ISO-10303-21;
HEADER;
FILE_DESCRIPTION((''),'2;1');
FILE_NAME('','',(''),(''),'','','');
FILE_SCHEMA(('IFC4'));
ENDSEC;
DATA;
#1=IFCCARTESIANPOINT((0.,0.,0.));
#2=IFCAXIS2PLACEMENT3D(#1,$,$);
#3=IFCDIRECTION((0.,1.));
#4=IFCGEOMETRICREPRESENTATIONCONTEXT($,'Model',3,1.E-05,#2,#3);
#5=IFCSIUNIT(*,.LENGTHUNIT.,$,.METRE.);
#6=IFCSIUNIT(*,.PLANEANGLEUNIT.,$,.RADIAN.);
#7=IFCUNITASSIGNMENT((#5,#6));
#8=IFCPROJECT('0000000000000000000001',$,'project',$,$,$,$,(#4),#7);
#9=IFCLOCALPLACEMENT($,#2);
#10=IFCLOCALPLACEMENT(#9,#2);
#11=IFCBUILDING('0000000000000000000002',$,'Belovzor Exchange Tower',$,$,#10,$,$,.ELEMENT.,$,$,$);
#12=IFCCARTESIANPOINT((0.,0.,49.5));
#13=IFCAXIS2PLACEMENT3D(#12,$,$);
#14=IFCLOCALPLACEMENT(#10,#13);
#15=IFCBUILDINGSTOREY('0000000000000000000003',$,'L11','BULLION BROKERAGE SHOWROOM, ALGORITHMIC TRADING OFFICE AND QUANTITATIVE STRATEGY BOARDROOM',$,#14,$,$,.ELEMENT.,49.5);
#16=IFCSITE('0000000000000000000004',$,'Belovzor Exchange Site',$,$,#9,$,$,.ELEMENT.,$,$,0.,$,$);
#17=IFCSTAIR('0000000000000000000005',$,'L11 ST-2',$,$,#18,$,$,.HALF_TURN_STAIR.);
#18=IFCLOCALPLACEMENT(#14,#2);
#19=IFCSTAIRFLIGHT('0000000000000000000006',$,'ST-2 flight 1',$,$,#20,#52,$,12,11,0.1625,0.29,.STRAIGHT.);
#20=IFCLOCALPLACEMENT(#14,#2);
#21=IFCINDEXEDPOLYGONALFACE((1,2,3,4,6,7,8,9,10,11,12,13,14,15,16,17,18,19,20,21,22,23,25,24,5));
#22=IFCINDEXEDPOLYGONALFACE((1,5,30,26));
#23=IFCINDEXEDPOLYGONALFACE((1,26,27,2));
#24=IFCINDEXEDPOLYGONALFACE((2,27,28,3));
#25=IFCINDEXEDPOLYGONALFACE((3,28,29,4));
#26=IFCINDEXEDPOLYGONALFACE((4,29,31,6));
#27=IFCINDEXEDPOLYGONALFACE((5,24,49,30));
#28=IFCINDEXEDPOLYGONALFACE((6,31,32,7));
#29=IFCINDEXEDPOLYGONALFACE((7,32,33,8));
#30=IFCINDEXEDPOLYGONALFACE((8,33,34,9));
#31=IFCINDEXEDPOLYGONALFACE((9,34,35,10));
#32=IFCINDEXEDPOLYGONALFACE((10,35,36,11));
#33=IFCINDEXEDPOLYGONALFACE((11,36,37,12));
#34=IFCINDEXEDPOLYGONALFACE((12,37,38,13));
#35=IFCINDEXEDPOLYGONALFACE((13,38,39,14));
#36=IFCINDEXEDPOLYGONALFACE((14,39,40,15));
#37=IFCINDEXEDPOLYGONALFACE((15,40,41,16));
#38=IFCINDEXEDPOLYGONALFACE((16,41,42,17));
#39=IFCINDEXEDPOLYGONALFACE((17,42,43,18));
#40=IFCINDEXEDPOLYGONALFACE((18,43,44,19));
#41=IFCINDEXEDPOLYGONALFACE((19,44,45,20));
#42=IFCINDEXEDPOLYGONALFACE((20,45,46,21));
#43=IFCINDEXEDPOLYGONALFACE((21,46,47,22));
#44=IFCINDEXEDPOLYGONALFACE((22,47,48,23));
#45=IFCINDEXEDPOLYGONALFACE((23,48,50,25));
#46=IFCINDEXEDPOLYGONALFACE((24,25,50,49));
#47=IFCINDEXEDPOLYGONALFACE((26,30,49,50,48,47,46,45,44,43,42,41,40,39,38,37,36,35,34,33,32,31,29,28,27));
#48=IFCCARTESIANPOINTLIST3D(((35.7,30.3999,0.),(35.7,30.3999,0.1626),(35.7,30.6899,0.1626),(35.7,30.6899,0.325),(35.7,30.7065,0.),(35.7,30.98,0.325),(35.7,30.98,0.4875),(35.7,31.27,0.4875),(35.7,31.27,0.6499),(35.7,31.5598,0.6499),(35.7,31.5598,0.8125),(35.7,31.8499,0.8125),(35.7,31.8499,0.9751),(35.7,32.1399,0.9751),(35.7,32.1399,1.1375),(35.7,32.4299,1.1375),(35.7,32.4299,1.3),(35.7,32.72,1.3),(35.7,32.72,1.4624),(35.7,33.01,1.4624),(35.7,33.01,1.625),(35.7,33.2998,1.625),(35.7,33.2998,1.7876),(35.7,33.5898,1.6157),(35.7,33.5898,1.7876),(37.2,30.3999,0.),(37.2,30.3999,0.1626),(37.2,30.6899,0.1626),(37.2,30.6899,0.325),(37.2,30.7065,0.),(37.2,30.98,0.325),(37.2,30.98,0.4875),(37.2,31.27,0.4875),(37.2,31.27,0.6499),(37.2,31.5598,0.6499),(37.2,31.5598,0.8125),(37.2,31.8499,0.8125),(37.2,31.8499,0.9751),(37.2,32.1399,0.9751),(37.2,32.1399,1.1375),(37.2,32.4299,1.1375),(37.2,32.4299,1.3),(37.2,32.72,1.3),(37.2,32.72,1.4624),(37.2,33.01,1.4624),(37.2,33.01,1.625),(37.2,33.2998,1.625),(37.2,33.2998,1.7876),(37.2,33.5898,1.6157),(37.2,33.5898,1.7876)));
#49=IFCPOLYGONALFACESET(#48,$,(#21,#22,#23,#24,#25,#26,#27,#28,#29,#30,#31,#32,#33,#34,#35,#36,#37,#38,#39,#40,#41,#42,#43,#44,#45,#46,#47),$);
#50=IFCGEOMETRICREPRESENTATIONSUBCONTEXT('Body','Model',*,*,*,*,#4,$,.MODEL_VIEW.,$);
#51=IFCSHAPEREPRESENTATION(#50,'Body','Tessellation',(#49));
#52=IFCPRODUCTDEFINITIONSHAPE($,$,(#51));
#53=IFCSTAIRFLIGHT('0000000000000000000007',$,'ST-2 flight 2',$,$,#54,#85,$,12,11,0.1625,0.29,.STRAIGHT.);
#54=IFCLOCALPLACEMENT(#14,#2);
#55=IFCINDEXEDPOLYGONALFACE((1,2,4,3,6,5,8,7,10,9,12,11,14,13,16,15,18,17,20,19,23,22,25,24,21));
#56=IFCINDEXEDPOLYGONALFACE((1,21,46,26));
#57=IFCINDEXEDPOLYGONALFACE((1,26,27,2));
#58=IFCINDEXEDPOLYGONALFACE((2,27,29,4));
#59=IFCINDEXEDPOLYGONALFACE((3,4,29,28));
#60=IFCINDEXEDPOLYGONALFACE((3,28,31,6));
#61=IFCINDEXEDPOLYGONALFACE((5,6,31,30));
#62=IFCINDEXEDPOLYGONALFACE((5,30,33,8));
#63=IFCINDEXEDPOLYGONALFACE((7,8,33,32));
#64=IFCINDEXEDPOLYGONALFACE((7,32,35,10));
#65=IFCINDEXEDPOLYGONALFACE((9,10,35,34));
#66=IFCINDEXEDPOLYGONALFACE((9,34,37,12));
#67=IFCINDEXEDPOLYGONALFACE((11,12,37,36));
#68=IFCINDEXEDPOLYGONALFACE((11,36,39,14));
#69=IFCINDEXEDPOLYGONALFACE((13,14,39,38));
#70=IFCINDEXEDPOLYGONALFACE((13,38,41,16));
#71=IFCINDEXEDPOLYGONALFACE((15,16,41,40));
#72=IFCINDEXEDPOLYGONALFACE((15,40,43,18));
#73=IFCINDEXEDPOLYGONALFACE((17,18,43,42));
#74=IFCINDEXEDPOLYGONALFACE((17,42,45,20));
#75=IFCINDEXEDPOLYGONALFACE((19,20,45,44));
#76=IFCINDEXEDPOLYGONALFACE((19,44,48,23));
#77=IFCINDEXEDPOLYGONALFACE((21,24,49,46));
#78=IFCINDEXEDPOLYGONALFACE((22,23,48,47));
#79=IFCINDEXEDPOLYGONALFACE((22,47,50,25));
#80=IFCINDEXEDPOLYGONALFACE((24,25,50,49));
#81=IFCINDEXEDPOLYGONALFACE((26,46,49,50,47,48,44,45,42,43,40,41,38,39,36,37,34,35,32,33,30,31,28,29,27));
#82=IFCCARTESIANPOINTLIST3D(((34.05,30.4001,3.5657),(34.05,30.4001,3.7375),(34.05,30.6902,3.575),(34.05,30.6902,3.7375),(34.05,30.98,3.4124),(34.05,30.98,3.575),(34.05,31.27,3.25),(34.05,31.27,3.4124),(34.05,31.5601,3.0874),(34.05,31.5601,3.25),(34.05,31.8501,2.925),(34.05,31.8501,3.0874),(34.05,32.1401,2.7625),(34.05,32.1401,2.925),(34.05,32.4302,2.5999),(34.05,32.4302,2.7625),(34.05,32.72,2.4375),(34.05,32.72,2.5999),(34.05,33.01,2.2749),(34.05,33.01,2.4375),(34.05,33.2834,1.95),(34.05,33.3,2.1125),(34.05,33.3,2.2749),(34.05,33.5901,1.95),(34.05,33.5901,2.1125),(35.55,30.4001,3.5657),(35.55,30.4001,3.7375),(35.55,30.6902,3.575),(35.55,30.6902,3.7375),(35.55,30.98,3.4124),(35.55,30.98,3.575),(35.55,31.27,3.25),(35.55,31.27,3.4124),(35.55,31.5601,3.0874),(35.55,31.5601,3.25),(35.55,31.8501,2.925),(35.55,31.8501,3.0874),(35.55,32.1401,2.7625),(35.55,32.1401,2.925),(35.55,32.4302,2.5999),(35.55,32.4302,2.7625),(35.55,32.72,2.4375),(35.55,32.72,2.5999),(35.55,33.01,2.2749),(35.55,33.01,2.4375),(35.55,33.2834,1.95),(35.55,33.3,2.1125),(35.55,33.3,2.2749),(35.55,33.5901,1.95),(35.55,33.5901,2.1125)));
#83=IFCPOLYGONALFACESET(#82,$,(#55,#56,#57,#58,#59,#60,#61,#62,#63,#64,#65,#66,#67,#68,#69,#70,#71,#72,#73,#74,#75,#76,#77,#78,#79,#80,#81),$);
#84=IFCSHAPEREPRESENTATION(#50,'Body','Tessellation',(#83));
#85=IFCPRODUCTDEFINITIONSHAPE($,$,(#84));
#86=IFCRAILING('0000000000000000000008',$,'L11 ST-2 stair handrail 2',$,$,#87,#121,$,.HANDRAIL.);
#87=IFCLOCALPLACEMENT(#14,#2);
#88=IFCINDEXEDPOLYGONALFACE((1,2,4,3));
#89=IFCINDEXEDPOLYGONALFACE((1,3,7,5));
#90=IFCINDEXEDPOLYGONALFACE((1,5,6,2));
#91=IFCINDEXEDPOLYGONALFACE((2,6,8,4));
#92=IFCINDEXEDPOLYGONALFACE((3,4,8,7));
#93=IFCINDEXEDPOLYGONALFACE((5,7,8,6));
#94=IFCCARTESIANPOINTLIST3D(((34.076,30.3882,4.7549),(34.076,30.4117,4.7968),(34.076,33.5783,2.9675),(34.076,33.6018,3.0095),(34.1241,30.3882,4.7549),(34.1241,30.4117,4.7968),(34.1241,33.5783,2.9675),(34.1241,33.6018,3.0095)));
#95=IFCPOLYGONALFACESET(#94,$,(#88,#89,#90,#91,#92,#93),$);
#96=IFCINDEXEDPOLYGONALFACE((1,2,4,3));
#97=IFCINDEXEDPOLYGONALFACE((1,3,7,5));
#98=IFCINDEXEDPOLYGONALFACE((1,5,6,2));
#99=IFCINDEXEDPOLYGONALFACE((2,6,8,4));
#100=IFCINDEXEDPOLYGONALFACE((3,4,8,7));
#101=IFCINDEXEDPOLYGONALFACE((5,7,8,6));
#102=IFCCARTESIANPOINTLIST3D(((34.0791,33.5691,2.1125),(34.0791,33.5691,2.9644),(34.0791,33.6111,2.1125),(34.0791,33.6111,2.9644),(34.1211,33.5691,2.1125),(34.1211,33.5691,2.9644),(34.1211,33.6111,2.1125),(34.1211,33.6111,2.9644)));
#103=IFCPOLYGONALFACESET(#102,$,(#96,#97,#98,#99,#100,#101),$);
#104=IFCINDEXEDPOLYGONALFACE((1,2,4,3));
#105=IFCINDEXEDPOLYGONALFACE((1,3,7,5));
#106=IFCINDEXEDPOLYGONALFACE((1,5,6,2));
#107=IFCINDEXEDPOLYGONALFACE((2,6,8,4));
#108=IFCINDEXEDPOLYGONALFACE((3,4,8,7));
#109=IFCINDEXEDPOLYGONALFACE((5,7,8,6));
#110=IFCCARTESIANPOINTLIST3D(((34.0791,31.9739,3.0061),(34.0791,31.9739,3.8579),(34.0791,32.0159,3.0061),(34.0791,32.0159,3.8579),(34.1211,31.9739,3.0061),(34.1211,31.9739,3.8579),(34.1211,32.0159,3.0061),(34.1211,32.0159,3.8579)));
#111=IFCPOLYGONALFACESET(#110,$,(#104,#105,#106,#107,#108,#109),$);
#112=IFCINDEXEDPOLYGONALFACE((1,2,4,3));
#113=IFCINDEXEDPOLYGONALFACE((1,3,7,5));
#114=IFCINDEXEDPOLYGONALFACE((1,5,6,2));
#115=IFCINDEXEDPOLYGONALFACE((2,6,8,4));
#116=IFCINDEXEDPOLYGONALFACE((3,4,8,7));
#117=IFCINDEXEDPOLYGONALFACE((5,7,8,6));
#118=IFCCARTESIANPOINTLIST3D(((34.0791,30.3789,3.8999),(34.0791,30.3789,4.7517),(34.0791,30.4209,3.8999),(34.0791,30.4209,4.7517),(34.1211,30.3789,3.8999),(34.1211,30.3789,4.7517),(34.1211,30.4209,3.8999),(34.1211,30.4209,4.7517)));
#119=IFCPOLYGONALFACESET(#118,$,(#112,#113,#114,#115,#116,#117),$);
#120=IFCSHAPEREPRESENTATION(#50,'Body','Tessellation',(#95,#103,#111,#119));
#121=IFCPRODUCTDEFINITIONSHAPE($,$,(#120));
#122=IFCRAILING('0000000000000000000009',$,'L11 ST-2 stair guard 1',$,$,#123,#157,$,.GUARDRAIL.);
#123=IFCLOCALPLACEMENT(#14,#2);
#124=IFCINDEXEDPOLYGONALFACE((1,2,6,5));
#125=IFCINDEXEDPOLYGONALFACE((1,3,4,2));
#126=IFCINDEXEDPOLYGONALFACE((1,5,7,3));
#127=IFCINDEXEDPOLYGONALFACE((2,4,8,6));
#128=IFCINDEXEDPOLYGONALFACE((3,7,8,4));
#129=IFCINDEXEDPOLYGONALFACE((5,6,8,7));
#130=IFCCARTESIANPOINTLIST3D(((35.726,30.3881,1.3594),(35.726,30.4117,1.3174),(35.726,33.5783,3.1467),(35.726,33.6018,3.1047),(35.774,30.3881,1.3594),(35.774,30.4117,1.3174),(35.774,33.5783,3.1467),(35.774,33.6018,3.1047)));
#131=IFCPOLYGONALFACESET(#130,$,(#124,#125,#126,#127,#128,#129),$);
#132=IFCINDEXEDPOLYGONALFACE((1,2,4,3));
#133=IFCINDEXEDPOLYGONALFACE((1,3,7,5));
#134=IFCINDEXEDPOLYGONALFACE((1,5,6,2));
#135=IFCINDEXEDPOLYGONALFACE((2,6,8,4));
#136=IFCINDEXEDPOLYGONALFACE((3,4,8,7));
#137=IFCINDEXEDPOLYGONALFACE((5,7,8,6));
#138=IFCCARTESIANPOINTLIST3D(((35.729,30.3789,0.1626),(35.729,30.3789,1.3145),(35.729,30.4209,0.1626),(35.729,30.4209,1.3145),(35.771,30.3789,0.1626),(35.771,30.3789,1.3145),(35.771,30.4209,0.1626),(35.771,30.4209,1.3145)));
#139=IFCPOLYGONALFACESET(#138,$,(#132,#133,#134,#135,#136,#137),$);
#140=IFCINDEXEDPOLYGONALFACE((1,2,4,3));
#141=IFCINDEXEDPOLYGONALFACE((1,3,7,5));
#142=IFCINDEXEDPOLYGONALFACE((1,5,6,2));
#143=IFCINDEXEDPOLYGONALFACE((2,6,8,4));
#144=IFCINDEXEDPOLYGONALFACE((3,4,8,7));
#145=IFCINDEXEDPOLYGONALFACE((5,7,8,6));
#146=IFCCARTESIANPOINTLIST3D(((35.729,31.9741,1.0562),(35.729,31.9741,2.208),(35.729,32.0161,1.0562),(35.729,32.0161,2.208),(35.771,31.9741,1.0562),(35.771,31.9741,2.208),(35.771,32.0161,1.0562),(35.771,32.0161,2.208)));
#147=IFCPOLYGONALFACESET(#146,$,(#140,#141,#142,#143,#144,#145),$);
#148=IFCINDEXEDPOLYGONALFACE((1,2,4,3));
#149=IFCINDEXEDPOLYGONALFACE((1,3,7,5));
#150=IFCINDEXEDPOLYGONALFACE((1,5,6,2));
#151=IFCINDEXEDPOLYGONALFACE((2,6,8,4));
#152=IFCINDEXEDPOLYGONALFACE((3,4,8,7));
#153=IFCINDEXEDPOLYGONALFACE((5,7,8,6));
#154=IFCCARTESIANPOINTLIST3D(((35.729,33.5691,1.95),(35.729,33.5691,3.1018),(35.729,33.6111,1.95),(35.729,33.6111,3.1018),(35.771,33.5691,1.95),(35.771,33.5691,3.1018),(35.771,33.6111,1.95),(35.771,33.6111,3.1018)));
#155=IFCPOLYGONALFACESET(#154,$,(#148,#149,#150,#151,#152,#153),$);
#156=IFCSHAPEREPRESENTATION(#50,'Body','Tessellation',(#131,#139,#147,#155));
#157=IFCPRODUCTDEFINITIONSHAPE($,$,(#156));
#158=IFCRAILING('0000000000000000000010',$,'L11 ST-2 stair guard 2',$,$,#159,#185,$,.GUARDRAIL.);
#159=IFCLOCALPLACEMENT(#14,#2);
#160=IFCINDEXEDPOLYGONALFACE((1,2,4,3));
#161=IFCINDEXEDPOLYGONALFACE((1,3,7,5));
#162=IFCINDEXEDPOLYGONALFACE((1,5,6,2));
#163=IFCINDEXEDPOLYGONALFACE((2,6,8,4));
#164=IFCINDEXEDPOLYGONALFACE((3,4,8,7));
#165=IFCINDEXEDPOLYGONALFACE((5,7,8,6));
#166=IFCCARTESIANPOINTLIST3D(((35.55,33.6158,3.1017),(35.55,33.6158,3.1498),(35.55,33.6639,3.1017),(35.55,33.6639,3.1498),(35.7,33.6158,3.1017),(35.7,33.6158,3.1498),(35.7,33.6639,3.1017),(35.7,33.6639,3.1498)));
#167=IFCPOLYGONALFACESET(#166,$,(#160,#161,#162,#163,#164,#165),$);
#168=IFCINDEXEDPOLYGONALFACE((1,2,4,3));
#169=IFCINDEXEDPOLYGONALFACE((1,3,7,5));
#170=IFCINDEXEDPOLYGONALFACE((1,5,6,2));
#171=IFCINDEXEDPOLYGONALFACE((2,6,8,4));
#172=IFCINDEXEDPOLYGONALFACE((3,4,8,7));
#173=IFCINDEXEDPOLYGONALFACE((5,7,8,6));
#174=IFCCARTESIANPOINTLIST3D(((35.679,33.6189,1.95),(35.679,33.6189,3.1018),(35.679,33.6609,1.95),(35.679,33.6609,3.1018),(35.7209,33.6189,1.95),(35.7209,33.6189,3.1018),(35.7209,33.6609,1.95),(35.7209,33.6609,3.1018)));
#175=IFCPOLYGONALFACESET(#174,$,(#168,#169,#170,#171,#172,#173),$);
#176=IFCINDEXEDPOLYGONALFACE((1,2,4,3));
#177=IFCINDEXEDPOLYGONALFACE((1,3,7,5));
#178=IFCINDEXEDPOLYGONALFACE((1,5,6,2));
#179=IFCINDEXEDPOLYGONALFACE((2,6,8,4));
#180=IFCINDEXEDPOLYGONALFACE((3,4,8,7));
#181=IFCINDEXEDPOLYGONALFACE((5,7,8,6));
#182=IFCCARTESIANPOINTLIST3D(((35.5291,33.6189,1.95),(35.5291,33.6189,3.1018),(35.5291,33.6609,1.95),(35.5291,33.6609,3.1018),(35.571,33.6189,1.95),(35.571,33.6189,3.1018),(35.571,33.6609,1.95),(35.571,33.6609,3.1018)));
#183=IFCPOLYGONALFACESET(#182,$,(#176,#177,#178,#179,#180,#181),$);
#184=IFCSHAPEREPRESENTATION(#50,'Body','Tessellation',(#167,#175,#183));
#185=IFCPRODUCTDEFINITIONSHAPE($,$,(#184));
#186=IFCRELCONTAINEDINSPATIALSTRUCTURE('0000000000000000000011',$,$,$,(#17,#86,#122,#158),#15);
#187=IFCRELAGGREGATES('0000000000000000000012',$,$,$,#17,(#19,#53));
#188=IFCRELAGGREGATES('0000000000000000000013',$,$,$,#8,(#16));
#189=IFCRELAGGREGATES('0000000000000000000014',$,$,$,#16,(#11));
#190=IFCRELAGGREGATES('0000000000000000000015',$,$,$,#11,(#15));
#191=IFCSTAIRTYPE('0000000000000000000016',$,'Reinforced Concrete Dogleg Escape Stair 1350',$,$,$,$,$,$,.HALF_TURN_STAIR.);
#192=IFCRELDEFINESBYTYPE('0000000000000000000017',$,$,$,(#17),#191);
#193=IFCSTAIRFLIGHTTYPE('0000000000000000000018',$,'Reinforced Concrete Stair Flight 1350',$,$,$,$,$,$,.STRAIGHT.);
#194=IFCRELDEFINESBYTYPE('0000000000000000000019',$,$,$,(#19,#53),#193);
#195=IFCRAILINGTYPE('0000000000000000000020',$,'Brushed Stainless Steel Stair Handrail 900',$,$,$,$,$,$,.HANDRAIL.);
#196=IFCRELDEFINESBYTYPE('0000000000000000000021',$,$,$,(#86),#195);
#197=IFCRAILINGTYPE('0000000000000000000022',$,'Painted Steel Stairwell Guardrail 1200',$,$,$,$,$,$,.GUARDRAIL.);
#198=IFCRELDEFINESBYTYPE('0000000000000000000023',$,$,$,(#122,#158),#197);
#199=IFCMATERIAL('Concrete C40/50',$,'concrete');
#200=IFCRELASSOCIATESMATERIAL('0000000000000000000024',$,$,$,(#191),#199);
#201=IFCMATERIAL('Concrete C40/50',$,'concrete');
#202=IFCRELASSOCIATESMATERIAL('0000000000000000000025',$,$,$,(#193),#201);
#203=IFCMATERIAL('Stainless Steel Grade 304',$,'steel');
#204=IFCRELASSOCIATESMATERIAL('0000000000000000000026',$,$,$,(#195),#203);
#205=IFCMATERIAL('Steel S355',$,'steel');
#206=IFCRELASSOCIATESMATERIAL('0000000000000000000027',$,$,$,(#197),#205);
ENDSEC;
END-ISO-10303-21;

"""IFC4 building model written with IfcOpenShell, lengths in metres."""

from ifc_helpers import new_model, si_unit, direction, frame, origin, origin_2d, place, context, subcontext, project, spatial, polyline, rectangle, outline, extrude, material, type_object, element, aggregate, save


model = new_model("IFC4")

# Units and contexts
model_context = context("Model", 3, precision=1e-05, world=origin(), true_north=direction((0.0, 1.0)))
body_context = subcontext(model_context, "Body", "Model", "MODEL_VIEW")
ifc_project = project(units=[si_unit("LENGTHUNIT", "METRE"), si_unit("PLANEANGLEUNIT", "RADIAN")], contexts=[model_context])

# Site, building, storey
site_placement = place(None, origin())
site = spatial("IfcSite", under=ifc_project, at=site_placement, Name="Belovzor Exchange Site", CompositionType="ELEMENT", RefElevation=0.0)
building_placement = place(site_placement, origin())
building = spatial("IfcBuilding", under=site, at=building_placement, Name="Belovzor Exchange Tower", CompositionType="ELEMENT")
storey_placement = place(building_placement, frame((0.0, 0.0, 49.5)))
storey = spatial("IfcBuildingStorey", under=building, at=storey_placement, Name="L11", Description="BULLION BROKERAGE SHOWROOM, ALGORITHMIC TRADING OFFICE AND QUANTITATIVE STRATEGY BOARDROOM", CompositionType="ELEMENT", Elevation=49.5)

# Stair, stair flights
ifc_material_1 = material(Name="Concrete C40/50", Category="concrete")
stair_type = type_object("IfcStairType", Name="Reinforced Concrete Dogleg Escape Stair 1350", PredefinedType="HALF_TURN_STAIR", material=ifc_material_1)
stair_placement = place(storey_placement, origin())
stair = element("IfcStair", 1, at=stair_placement, inside=storey, type_object=stair_type, Name="L11 ST-2", PredefinedType="HALF_TURN_STAIR")
ifc_material_2 = material(Name="Concrete C40/50", Category="concrete")
stair_flight_type = type_object("IfcStairFlightType", Name="Reinforced Concrete Stair Flight 1350", PredefinedType="STRAIGHT", material=ifc_material_2)
stair_flight_1_placement = place(storey_placement, frame((36.45, 30.3999, 0.0), z_axis=(0.0, 0.0, 1.0), x_axis=(0.0, 1.0, 0.0)))
stair_flight_1 = element("IfcStairFlight", 2, at=stair_flight_1_placement, type_object=stair_flight_type, Name="ST-2 flight 1", NumberOfRisers=12, NumberOfTreads=11, PredefinedType="STRAIGHT", RiserHeight=0.1625, TreadLength=0.29, context=body_context, shape_type="SweptSolid", body=[
    extrude(outline(polyline([(0.0, 0.0), (0.0, 0.1626), (0.29, 0.1626), (0.29, 0.325), (0.5801, 0.325), (0.5801, 0.4875), (0.8701, 0.4875), (0.8701, 0.6499), (1.1599, 0.6499), (1.1599, 0.8125), (1.45, 0.8125), (1.45, 0.9751), (1.74, 0.9751), (1.74, 1.1375), (2.03, 1.1375), (2.03, 1.3), (2.3201, 1.3), (2.3201, 1.4624), (2.6101, 1.4624), (2.6101, 1.625), (2.8999, 1.625), (2.8999, 1.7876), (3.1899, 1.7876), (3.1899, 1.95), (3.1899, 1.6157), (0.3066, 0.0), (0.0, 0.0)])), frame((0.0, 0.75, 0.0), z_axis=(0.0, -1.0, 0.0), x_axis=(1.0, 0.0, 0.0)), (0.0, 0.0, 1.0), 1.5),
])
stair_flight_2_placement = place(storey_placement, frame((34.8, 33.5901, 1.95), z_axis=(0.0, 0.0, 1.0), x_axis=(0.0, -1.0, 0.0)))
stair_flight_2 = element("IfcStairFlight", 3, at=stair_flight_2_placement, type_object=stair_flight_type, Name="ST-2 flight 2", NumberOfRisers=12, NumberOfTreads=11, PredefinedType="STRAIGHT", RiserHeight=0.1625, TreadLength=0.29, context=body_context, shape_type="SweptSolid", body=[
    extrude(outline(polyline([(0.0, 0.0), (0.0, 0.1626), (0.29, 0.1626), (0.29, 0.325), (0.5801, 0.325), (0.5801, 0.4875), (0.8701, 0.4875), (0.8701, 0.6499), (1.1599, 0.6499), (1.1599, 0.8125), (1.45, 0.8125), (1.45, 0.9751), (1.74, 0.9751), (1.74, 1.1375), (2.03, 1.1375), (2.03, 1.3), (2.3201, 1.3), (2.3201, 1.4624), (2.6101, 1.4624), (2.6101, 1.625), (2.8999, 1.625), (2.8999, 1.7876), (3.1899, 1.7876), (3.1899, 1.95), (3.1899, 1.6157), (0.3066, 0.0), (0.0, 0.0)])), frame((0.0, 0.75, 0.0), z_axis=(0.0, -1.0, 0.0), x_axis=(1.0, 0.0, 0.0)), (0.0, 0.0, 1.0), 1.5),
])
aggregate(stair, [stair_flight_1, stair_flight_2])

# Railings
ifc_material_3 = material(Name="Stainless Steel Grade 304", Category="steel")
railing_type_1 = type_object("IfcRailingType", Name="Brushed Stainless Steel Stair Handrail 900", PredefinedType="HANDRAIL", material=ifc_material_3)
railing_1_placement = place(storey_placement, frame((34.1001, 33.5901, 2.1125)))
element("IfcRailing", 4, at=railing_1_placement, inside=storey, type_object=railing_type_1, Name="L11 ST-2 stair handrail 2", PredefinedType="HANDRAIL", context=body_context, shape_type="SweptSolid", body=[
    extrude(rectangle(XDim=0.0481, YDim=0.0481, at=origin_2d()), frame((0.0, 0.0, 0.876), z_axis=(0.0, -0.872407, 0.48878), x_axis=(1.0, 0.0, 0.0)), (0.0, 0.0, 1.0), 3.6567),
    extrude(rectangle(XDim=0.042, YDim=0.042, at=origin_2d()), origin(), (0.0, 0.0, 1.0), 0.8518),
    extrude(rectangle(XDim=0.042, YDim=0.042, at=origin_2d()), frame((0.0, -1.5952, 0.8936)), (0.0, 0.0, 1.0), 0.8518),
    extrude(rectangle(XDim=0.042, YDim=0.042, at=origin_2d()), frame((0.0, -3.1902, 1.7874)), (0.0, 0.0, 1.0), 0.8518),
])
ifc_material_4 = material(Name="Steel S355", Category="steel")
railing_type_2 = type_object("IfcRailingType", Name="Painted Steel Stairwell Guardrail 1200", PredefinedType="GUARDRAIL", material=ifc_material_4)
railing_2_placement = place(storey_placement, frame((35.75, 30.3999, 0.1626)))
element("IfcRailing", 5, at=railing_2_placement, inside=storey, type_object=railing_type_2, Name="L11 ST-2 stair guard 1", PredefinedType="GUARDRAIL", context=body_context, shape_type="SweptSolid", body=[
    extrude(rectangle(XDim=0.0481, YDim=0.0481, at=origin_2d()), frame((0.0, 0.0, 1.1758), z_axis=(0.0, 0.872407, 0.48878), x_axis=(-1.0, 0.0, 0.0)), (0.0, 0.0, 1.0), 3.6567),
    extrude(rectangle(XDim=0.042, YDim=0.042, at=origin_2d()), origin(), (0.0, 0.0, 1.0), 1.1519),
    extrude(rectangle(XDim=0.042, YDim=0.042, at=origin_2d()), frame((0.0, 1.5952, 0.8936)), (0.0, 0.0, 1.0), 1.1519),
    extrude(rectangle(XDim=0.042, YDim=0.042, at=origin_2d()), frame((0.0, 3.1902, 1.7874)), (0.0, 0.0, 1.0), 1.1519),
])
railing_3_placement = place(storey_placement, frame((35.7, 33.6399, 1.95)))
element("IfcRailing", 6, at=railing_3_placement, inside=storey, type_object=railing_type_2, Name="L11 ST-2 stair guard 2", PredefinedType="GUARDRAIL", context=body_context, shape_type="SweptSolid", body=[
    extrude(rectangle(XDim=0.0481, YDim=0.0481, at=origin_2d()), frame((0.0, 0.0, 1.1758), z_axis=(-1.0, 0.0, 0.0), x_axis=(0.0, -1.0, 0.0)), (0.0, 0.0, 1.0), 0.1499),
    extrude(rectangle(XDim=0.042, YDim=0.042, at=origin_2d()), origin(), (0.0, 0.0, 1.0), 1.1519),
    extrude(rectangle(XDim=0.042, YDim=0.042, at=origin_2d()), frame((-0.1499, 0.0, 0.0)), (0.0, 0.0, 1.0), 1.1519),
])

save(model, "model.ifc")
